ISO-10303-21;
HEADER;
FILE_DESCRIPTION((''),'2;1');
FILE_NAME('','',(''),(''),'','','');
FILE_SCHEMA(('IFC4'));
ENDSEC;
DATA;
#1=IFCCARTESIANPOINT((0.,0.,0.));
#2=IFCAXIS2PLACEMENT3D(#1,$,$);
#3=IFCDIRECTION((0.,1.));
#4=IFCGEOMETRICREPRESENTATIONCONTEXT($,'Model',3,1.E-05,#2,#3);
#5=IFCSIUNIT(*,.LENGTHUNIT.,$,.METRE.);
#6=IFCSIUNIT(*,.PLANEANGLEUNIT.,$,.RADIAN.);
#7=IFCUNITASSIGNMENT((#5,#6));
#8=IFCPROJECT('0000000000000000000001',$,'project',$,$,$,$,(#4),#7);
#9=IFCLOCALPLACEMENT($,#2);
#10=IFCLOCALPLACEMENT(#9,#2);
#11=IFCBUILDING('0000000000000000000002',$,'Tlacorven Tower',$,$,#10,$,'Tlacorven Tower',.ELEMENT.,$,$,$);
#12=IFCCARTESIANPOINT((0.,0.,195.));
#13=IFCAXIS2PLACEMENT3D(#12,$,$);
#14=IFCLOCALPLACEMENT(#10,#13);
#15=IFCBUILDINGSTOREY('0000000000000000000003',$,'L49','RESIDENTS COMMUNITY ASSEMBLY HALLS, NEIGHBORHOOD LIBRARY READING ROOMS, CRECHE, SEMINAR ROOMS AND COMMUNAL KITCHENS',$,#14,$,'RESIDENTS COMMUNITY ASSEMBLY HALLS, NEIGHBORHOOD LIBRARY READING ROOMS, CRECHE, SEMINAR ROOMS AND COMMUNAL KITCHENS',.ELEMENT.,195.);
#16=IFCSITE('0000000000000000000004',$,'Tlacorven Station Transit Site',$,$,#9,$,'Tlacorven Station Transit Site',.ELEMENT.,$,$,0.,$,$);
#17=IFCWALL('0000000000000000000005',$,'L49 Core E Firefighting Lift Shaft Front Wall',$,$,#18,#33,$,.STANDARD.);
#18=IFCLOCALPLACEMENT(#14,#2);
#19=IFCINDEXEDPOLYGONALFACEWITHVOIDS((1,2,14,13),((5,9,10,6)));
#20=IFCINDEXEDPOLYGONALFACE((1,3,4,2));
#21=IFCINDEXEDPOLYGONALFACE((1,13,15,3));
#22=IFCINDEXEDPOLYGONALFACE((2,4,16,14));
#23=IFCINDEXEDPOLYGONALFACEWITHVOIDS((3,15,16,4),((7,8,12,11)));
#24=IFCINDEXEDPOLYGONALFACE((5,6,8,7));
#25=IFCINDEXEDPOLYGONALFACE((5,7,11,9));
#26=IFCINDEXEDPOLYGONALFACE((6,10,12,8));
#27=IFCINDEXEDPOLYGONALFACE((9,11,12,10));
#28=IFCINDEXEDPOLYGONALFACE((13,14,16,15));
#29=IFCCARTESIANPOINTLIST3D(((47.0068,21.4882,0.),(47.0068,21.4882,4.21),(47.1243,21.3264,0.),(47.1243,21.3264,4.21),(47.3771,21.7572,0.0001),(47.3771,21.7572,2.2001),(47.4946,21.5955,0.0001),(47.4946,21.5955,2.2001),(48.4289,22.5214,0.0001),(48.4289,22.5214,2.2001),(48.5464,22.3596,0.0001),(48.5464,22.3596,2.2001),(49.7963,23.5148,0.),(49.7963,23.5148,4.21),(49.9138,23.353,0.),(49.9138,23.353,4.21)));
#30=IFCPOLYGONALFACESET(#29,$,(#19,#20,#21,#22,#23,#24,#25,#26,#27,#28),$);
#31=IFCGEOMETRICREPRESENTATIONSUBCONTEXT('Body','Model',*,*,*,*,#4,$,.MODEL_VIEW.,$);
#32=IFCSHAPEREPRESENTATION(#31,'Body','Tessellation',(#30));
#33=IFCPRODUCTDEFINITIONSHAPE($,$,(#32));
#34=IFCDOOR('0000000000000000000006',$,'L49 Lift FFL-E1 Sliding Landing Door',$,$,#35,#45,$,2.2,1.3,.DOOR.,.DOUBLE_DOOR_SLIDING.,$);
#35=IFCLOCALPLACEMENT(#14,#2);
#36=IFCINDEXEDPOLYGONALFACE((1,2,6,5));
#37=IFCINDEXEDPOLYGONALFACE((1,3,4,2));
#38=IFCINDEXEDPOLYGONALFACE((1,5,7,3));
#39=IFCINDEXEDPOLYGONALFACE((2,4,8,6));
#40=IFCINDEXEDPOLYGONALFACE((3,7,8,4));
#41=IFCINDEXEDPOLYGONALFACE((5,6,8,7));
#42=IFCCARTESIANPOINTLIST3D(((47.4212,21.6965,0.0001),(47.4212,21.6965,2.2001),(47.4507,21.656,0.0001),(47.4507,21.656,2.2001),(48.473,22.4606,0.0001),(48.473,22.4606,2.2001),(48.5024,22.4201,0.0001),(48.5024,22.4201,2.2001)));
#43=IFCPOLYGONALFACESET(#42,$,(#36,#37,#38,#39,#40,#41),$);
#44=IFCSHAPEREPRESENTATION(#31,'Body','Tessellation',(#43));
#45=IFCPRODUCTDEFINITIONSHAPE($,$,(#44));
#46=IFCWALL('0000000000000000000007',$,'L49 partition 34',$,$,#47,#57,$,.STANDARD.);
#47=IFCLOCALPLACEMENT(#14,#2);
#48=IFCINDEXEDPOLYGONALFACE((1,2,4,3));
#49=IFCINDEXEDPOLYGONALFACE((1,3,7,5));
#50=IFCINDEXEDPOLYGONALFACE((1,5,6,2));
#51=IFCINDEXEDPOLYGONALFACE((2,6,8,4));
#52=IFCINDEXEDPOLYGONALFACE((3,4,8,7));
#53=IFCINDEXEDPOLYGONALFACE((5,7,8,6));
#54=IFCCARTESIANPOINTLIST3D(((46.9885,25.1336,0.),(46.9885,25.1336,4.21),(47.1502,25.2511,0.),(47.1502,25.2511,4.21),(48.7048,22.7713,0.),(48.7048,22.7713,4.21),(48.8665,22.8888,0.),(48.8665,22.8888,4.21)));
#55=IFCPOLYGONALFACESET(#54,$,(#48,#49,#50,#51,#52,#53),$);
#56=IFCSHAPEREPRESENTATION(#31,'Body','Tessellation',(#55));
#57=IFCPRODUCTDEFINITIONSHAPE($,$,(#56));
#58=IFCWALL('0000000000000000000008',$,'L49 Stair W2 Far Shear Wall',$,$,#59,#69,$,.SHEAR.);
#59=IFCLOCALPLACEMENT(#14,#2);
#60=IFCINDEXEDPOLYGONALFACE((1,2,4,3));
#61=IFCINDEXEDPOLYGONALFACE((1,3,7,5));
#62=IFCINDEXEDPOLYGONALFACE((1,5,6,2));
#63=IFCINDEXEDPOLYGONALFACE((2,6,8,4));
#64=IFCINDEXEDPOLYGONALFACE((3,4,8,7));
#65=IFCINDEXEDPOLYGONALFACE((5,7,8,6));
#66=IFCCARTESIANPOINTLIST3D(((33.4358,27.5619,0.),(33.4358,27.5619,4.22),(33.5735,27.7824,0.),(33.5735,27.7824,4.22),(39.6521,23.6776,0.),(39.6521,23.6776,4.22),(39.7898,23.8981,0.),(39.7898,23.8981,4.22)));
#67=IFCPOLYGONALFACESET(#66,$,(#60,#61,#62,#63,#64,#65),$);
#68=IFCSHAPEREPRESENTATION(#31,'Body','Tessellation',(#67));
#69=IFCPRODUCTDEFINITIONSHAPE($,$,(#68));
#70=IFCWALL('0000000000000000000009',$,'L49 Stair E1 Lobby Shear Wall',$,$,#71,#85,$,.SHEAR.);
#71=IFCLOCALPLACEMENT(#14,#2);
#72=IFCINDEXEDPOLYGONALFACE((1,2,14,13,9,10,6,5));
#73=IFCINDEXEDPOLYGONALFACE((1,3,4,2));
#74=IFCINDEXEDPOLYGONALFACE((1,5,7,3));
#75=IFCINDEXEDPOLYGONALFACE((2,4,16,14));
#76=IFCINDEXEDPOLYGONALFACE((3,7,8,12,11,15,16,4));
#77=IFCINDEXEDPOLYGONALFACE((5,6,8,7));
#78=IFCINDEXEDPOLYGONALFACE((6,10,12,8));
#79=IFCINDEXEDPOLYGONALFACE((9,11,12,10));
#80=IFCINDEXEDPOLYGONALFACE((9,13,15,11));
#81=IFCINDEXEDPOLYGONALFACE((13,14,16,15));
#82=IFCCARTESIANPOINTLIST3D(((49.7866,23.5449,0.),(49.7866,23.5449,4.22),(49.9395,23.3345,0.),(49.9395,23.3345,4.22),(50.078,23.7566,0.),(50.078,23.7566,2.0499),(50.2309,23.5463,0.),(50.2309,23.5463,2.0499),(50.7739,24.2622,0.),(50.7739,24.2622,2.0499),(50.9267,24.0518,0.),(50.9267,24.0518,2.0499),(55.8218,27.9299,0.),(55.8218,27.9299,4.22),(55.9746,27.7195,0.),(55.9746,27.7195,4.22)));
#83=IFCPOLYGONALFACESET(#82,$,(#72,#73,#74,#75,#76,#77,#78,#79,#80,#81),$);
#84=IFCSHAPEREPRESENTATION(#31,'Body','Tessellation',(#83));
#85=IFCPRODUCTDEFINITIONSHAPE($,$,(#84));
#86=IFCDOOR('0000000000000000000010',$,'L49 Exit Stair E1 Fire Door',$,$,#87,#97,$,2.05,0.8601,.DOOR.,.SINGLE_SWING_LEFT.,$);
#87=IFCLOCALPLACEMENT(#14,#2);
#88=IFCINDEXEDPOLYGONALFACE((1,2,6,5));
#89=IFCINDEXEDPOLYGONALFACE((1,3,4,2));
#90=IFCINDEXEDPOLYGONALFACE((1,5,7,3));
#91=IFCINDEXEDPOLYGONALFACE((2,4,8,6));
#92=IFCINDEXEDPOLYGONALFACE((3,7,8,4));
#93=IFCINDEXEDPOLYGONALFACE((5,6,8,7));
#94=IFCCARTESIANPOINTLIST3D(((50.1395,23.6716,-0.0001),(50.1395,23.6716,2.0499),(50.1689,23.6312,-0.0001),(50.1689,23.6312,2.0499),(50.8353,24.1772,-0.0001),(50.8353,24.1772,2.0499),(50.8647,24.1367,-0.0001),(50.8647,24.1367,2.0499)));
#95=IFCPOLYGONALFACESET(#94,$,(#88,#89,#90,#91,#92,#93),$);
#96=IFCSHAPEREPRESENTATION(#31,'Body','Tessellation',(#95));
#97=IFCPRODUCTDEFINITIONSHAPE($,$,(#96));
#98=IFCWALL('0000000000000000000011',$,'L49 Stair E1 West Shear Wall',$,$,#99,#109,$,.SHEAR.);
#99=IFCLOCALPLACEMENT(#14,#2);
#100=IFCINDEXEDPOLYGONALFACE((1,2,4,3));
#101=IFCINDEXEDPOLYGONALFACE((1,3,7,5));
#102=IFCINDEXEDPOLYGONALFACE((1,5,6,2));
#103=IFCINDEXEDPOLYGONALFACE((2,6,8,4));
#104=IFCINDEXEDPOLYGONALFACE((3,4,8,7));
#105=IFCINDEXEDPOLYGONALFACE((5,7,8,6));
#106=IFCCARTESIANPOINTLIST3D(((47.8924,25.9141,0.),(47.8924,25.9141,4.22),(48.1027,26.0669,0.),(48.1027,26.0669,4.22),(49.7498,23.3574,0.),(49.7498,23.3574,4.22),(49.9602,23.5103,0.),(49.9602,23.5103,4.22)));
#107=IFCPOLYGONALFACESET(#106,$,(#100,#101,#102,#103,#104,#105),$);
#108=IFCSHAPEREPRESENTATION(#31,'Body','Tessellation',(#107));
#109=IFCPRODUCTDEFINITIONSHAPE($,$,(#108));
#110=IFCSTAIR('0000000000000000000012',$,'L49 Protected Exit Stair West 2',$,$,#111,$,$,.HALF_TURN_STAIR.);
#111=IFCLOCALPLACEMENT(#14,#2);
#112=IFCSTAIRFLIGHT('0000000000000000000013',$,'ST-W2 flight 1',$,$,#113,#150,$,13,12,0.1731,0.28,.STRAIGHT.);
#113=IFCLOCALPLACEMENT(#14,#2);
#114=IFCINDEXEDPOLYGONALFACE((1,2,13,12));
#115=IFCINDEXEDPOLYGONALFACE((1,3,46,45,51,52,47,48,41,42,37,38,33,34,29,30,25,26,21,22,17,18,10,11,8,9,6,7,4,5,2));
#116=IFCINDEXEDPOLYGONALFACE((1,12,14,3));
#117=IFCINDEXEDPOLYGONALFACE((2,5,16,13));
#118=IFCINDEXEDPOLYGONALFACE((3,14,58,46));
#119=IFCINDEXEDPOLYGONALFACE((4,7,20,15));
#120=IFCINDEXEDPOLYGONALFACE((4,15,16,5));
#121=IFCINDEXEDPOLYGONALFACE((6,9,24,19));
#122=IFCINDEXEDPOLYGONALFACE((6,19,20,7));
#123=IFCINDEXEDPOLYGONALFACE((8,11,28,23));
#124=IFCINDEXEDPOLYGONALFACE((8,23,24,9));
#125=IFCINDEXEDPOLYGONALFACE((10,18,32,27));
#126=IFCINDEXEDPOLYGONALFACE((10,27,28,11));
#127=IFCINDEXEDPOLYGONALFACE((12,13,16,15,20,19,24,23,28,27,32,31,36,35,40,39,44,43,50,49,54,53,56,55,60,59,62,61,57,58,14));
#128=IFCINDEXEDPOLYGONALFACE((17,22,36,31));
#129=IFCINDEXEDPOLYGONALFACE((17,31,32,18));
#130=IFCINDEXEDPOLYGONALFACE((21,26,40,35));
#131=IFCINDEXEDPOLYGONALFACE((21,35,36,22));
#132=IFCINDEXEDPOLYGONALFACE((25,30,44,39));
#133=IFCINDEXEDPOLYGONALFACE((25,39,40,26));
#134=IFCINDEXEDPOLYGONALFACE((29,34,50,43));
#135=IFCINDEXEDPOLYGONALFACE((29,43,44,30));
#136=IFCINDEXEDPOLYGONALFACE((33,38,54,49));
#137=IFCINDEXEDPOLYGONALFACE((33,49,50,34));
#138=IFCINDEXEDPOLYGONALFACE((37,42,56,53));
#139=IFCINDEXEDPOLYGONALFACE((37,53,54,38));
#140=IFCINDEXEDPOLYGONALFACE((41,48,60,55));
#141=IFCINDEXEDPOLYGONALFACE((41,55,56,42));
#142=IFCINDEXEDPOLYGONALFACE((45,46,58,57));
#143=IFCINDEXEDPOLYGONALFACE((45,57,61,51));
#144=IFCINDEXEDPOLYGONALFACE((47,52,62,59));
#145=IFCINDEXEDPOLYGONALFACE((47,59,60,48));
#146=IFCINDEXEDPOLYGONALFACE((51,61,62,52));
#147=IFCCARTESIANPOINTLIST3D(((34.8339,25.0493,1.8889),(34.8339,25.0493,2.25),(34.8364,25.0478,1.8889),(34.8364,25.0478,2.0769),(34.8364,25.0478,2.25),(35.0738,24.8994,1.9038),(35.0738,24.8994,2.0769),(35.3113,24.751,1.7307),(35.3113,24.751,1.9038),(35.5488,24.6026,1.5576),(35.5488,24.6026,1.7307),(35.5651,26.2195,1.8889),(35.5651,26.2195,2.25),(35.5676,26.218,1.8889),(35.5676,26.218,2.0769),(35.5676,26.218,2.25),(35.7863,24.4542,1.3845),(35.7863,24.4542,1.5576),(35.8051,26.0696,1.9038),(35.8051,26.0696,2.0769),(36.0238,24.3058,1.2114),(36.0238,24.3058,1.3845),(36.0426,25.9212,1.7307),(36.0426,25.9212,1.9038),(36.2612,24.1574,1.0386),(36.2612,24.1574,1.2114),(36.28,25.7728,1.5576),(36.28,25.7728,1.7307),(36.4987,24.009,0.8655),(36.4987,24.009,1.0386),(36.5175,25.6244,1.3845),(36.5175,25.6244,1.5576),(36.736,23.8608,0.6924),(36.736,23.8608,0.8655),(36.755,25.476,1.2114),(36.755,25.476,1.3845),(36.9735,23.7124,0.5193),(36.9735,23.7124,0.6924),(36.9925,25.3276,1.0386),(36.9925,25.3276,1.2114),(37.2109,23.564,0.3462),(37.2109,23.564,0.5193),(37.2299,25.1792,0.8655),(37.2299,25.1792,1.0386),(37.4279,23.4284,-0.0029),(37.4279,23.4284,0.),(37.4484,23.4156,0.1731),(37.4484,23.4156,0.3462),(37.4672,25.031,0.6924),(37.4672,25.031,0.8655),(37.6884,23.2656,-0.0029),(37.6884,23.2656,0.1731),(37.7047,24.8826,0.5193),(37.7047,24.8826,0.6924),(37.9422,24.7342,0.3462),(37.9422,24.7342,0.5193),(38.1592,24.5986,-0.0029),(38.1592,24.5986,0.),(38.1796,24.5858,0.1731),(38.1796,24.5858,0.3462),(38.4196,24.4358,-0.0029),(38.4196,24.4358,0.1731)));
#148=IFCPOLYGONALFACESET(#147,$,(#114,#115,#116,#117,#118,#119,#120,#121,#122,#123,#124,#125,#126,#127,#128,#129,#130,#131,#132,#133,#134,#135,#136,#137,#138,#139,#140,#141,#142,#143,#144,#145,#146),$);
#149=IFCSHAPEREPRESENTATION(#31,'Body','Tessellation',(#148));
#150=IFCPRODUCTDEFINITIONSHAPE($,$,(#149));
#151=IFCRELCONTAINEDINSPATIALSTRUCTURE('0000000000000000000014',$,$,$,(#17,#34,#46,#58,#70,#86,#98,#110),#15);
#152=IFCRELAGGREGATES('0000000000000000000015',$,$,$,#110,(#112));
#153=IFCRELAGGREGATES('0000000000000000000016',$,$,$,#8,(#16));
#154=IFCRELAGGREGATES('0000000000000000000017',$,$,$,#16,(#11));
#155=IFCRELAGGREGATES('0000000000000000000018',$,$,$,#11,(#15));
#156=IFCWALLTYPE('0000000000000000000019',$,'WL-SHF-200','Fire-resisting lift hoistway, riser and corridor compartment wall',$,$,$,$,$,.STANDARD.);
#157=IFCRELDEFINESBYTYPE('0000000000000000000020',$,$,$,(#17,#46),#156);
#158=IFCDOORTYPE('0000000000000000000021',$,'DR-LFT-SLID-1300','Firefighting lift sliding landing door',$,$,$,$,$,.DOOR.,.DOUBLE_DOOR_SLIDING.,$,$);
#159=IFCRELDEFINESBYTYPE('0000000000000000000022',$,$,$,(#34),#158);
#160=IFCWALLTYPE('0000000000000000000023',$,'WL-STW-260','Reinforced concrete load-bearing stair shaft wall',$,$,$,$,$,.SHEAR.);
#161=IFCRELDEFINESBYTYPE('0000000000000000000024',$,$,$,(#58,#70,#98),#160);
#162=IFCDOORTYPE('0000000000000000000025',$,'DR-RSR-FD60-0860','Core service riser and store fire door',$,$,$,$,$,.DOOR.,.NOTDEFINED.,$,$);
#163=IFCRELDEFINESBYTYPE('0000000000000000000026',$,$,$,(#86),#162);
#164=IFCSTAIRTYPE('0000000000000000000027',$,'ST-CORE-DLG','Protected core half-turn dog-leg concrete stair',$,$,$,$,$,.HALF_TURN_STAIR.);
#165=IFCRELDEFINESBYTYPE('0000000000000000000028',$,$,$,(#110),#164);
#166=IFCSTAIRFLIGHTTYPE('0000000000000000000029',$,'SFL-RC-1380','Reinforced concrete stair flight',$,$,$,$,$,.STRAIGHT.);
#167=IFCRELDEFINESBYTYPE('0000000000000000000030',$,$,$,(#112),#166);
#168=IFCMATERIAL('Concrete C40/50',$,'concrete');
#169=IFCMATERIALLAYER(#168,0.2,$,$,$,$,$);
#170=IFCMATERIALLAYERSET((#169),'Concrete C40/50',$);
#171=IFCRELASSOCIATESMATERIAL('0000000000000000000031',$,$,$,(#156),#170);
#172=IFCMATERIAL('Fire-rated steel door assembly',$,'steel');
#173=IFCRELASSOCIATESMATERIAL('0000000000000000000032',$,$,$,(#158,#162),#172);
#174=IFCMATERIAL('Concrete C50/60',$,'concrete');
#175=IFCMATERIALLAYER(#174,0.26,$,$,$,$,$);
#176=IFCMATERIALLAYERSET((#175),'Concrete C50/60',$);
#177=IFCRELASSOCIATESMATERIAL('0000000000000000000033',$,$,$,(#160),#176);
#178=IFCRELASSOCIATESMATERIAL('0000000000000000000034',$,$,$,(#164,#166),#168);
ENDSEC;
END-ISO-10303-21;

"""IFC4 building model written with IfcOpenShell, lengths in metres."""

from ifc_helpers import new_model, si_unit, direction, frame, frame_2d, origin, place, context, subcontext, project, spatial, polyline, rectangle, outline, extrude, source, transform, mapped, material, layer, layer_set, type_object, element, fill, aggregate, save


model = new_model("IFC4")

# Units and contexts
model_context = context("Model", 3, precision=1e-05, world=origin(), true_north=direction((0.0, 1.0)))
body_context = subcontext(model_context, "Body", "Model", "MODEL_VIEW")
ifc_project = project(units=[si_unit("LENGTHUNIT", "METRE"), si_unit("PLANEANGLEUNIT", "RADIAN")], contexts=[model_context])

# Site, building, storey
site_placement = place(None, origin())
site = spatial("IfcSite", under=ifc_project, at=site_placement, Name="Tlacorven Station Transit Site", LongName="Tlacorven Station Transit Site", CompositionType="ELEMENT", RefElevation=0.0)
building_placement = place(site_placement, origin())
building = spatial("IfcBuilding", under=site, at=building_placement, Name="Tlacorven Tower", LongName="Tlacorven Tower", CompositionType="ELEMENT")
storey_placement = place(building_placement, frame((0.0, 0.0, 195.0)))
storey = spatial("IfcBuildingStorey", under=building, at=storey_placement, Name="L49", Description="RESIDENTS COMMUNITY ASSEMBLY HALLS, NEIGHBORHOOD LIBRARY READING ROOMS, CRECHE, SEMINAR ROOMS AND COMMUNAL KITCHENS", LongName="RESIDENTS COMMUNITY ASSEMBLY HALLS, NEIGHBORHOOD LIBRARY READING ROOMS, CRECHE, SEMINAR ROOMS AND COMMUNAL KITCHENS", CompositionType="ELEMENT", Elevation=195.0)

# Wall, opening, door
ifc_material_1 = material(Name="Concrete C40/50", Category="concrete")
ifc_layer_1 = layer(ifc_material_1, 0.2)
ifc_layer_set_1 = layer_set([ifc_layer_1], Name="Concrete C40/50")
wall_type_1 = type_object("IfcWallType", Name="WL-SHF-200", Description="Fire-resisting lift hoistway, riser and corridor compartment wall", PredefinedType="STANDARD", material=ifc_layer_set_1)
wall_1_placement = place(storey_placement, frame((47.0654, 21.4072, 0.0), z_axis=(0.0, 0.0, 1.0), x_axis=(0.809033, 0.587763, 0.0)))
wall_1 = element("IfcWall", 1, at=wall_1_placement, inside=storey, type_object=wall_type_1, Name="L49 Core E Firefighting Lift Shaft Front Wall", PredefinedType="STANDARD", context=body_context, shape_type="SweptSolid", body=[
    extrude(rectangle(XDim=3.448, YDim=0.2, at=frame_2d((1.7241, 0.0))), origin(), (0.0, 0.0, 1.0), 4.21),
])
opening_1_placement = place(wall_1_placement, frame((0.458, 0.0, 0.0)))
opening_1 = element("IfcOpeningElement", 2, at=opening_1_placement, cuts=wall_1, PredefinedType="OPENING", context=body_context, shape_type="SweptSolid", body=[
    extrude(rectangle(XDim=1.3, YDim=2.2, at=frame_2d((0.6499, 1.1001))), frame((0.0, 0.1099, 0.0), z_axis=(0.0, -1.0, 0.0), x_axis=(1.0, 0.0, 0.0)), (0.0, 0.0, 1.0), 0.22),
])
ifc_material_2 = material(Name="Fire-rated steel door assembly", Category="steel")
door_type_1 = type_object("IfcDoorType", Name="DR-LFT-SLID-1300", Description="Firefighting lift sliding landing door", OperationType="DOUBLE_DOOR_SLIDING", PredefinedType="DOOR", material=ifc_material_2)
shared_shape_1 = source(origin(), body_context, "Body", "SweptSolid", [
    extrude(rectangle(XDim=1.3, YDim=2.2, at=frame_2d((0.6499, 1.1001))), frame((0.0, 0.0249, 0.0), z_axis=(0.0, -1.0, 0.0), x_axis=(1.0, 0.0, 0.0)), (0.0, 0.0, 1.0), 0.05),
])
door_1_placement = place(opening_1_placement, origin())
door_1 = element("IfcDoor", 3, at=door_1_placement, inside=storey, type_object=door_type_1, Name="L49 Lift FFL-E1 Sliding Landing Door", OperationType="DOUBLE_DOOR_SLIDING", OverallHeight=2.2, OverallWidth=1.3, PredefinedType="DOOR", context=body_context, shape_type="MappedRepresentation", body=[
    mapped(shared_shape_1, transform((0.0, 0.0, 0.0), scale=1.0)),
])
fill(opening_1, door_1)

# Walls
wall_2_placement = place(storey_placement, frame((48.7856, 22.8301, 0.0), z_axis=(0.0, 0.0, 1.0), x_axis=(-0.587784, 0.809018, 0.0)))
element("IfcWall", 4, at=wall_2_placement, inside=storey, type_object=wall_type_1, Name="L49 partition 34", PredefinedType="STANDARD", context=body_context, shape_type="SweptSolid", body=[
    extrude(rectangle(XDim=2.9199, YDim=0.2, at=frame_2d((1.46, 0.0))), origin(), (0.0, 0.0, 1.0), 4.21),
])
ifc_material_3 = material(Name="Concrete C50/60", Category="concrete")
ifc_layer_2 = layer(ifc_material_3, 0.26)
ifc_layer_set_2 = layer_set([ifc_layer_2], Name="Concrete C50/60")
wall_type_2 = type_object("IfcWallType", Name="WL-STW-260", Description="Reinforced concrete load-bearing stair shaft wall", PredefinedType="SHEAR", material=ifc_layer_set_2)
wall_3_placement = place(storey_placement, frame((39.7209, 23.7878, 0.0), z_axis=(0.0, 0.0, 1.0), x_axis=(-0.848054, 0.529909, 0.0)))
element("IfcWall", 5, at=wall_3_placement, inside=storey, type_object=wall_type_2, Name="L49 Stair W2 Far Shear Wall", PredefinedType="SHEAR", context=body_context, shape_type="SweptSolid", body=[
    extrude(rectangle(XDim=7.3301, YDim=0.26, at=frame_2d((3.665, 0.0))), origin(), (0.0, 0.0, 1.0), 4.22),
])

# Wall, opening, door
wall_4_placement = place(storey_placement, frame((49.863, 23.4397, 0.0), z_axis=(0.0, 0.0, 1.0), x_axis=(0.809003, 0.587804, 0.0)))
wall_4 = element("IfcWall", 6, at=wall_4_placement, inside=storey, type_object=wall_type_2, Name="L49 Stair E1 Lobby Shear Wall", PredefinedType="SHEAR", context=body_context, shape_type="SweptSolid", body=[
    extrude(rectangle(XDim=7.46, YDim=0.26, at=frame_2d((3.73, 0.0))), origin(), (0.0, 0.0, 1.0), 4.22),
])
opening_2_placement = place(wall_4_placement, frame((0.3601, 0.0, 0.0)))
opening_2 = element("IfcOpeningElement", 7, at=opening_2_placement, cuts=wall_4, PredefinedType="OPENING", context=body_context, shape_type="SweptSolid", body=[
    extrude(rectangle(XDim=0.8601, YDim=2.05, at=frame_2d((0.4302, 1.0249))), frame((0.0, 0.1401, 0.0), z_axis=(0.0, -1.0, 0.0), x_axis=(1.0, 0.0, 0.0)), (0.0, 0.0, 1.0), 0.28),
])
door_type_2 = type_object("IfcDoorType", Name="DR-RSR-FD60-0860", Description="Core service riser and store fire door", OperationType="NOTDEFINED", PredefinedType="DOOR", material=ifc_material_2)
shared_shape_2 = source(origin(), body_context, "Body", "SweptSolid", [
    extrude(rectangle(XDim=0.8601, YDim=2.05, at=frame_2d((0.4302, 1.0249))), frame((0.0, 0.0249, 0.0), z_axis=(0.0, -1.0, 0.0), x_axis=(1.0, 0.0, 0.0)), (0.0, 0.0, 1.0), 0.05),
])
door_2_placement = place(opening_2_placement, frame((0.8601, 0.0, 0.0), z_axis=(0.0, 0.0, 1.0), x_axis=(-1.0, 0.0, 0.0)))
door_2 = element("IfcDoor", 8, at=door_2_placement, inside=storey, type_object=door_type_2, Name="L49 Exit Stair E1 Fire Door", OperationType="SINGLE_SWING_LEFT", OverallHeight=2.05, OverallWidth=0.8601, PredefinedType="DOOR", context=body_context, shape_type="MappedRepresentation", body=[
    mapped(shared_shape_2, transform((0.0, 0.0, 0.0), scale=1.0)),
])
fill(opening_2, door_2)

# Wall
wall_5_placement = place(storey_placement, frame((49.855, 23.4338, 0.0), z_axis=(0.0, 0.0, 1.0), x_axis=(-0.587767, 0.80903, 0.0)))
element("IfcWall", 9, at=wall_5_placement, inside=storey, type_object=wall_type_2, Name="L49 Stair E1 West Shear Wall", PredefinedType="SHEAR", context=body_context, shape_type="SweptSolid", body=[
    extrude(rectangle(XDim=3.1602, YDim=0.26, at=frame_2d((1.5801, 0.0))), origin(), (0.0, 0.0, 1.0), 4.22),
])

# Stair, stair flight
stair_type = type_object("IfcStairType", Name="ST-CORE-DLG", Description="Protected core half-turn dog-leg concrete stair", PredefinedType="HALF_TURN_STAIR", material=ifc_material_1)
stair_placement = place(storey_placement, origin())
stair = element("IfcStair", 10, at=stair_placement, inside=storey, type_object=stair_type, Name="L49 Protected Exit Stair West 2", PredefinedType="HALF_TURN_STAIR")
stair_flight_type = type_object("IfcStairFlightType", Name="SFL-RC-1380", Description="Reinforced concrete stair flight", PredefinedType="STRAIGHT", material=ifc_material_1)
shared_shape_3 = source(origin(), body_context, "Body", "SweptSolid", [
    extrude(outline(polyline([(-0.0029, -0.0029), (-0.0029, 0.1731), (0.28, 0.1731), (0.28, 0.3462), (0.5601, 0.3462), (0.5601, 0.5193), (0.8401, 0.5193), (0.8401, 0.6924), (1.1201, 0.6924), (1.1201, 0.8655), (1.3999, 0.8655), (1.3999, 1.0386), (1.6799, 1.0386), (1.6799, 1.2114), (1.96, 1.2114), (1.96, 1.3845), (2.24, 1.3845), (2.24, 1.5576), (2.52, 1.5576), (2.52, 1.7307), (2.8, 1.7307), (2.8, 1.9038), (3.0801, 1.9038), (3.0801, 2.0769), (3.3601, 2.0769), (3.3601, 2.25), (3.363, 2.25), (3.363, 1.8889), (3.3601, 1.8889), (0.3042, 0.0), (0.3042, -0.0029), (-0.0029, -0.0029)])), frame((0.0, 0.6899, 0.0), z_axis=(0.0, -1.0, 0.0), x_axis=(1.0, 0.0, 0.0)), (0.0, 0.0, 1.0), 1.3799),
])
stair_flight_placement = place(storey_placement, frame((38.0515, 23.8523, 0.0), z_axis=(0.0, 0.0, 1.0), x_axis=(-0.848048, 0.529919, 0.0)))
stair_flight = element("IfcStairFlight", 11, at=stair_flight_placement, type_object=stair_flight_type, Name="ST-W2 flight 1", NumberOfRisers=13, NumberOfTreads=12, PredefinedType="STRAIGHT", RiserHeight=0.1731, TreadLength=0.28, context=body_context, shape_type="MappedRepresentation", body=[
    mapped(shared_shape_3, transform((0.0, 0.0, 0.0), scale=1.0)),
])
aggregate(stair, [stair_flight])

save(model, "model.ifc")
